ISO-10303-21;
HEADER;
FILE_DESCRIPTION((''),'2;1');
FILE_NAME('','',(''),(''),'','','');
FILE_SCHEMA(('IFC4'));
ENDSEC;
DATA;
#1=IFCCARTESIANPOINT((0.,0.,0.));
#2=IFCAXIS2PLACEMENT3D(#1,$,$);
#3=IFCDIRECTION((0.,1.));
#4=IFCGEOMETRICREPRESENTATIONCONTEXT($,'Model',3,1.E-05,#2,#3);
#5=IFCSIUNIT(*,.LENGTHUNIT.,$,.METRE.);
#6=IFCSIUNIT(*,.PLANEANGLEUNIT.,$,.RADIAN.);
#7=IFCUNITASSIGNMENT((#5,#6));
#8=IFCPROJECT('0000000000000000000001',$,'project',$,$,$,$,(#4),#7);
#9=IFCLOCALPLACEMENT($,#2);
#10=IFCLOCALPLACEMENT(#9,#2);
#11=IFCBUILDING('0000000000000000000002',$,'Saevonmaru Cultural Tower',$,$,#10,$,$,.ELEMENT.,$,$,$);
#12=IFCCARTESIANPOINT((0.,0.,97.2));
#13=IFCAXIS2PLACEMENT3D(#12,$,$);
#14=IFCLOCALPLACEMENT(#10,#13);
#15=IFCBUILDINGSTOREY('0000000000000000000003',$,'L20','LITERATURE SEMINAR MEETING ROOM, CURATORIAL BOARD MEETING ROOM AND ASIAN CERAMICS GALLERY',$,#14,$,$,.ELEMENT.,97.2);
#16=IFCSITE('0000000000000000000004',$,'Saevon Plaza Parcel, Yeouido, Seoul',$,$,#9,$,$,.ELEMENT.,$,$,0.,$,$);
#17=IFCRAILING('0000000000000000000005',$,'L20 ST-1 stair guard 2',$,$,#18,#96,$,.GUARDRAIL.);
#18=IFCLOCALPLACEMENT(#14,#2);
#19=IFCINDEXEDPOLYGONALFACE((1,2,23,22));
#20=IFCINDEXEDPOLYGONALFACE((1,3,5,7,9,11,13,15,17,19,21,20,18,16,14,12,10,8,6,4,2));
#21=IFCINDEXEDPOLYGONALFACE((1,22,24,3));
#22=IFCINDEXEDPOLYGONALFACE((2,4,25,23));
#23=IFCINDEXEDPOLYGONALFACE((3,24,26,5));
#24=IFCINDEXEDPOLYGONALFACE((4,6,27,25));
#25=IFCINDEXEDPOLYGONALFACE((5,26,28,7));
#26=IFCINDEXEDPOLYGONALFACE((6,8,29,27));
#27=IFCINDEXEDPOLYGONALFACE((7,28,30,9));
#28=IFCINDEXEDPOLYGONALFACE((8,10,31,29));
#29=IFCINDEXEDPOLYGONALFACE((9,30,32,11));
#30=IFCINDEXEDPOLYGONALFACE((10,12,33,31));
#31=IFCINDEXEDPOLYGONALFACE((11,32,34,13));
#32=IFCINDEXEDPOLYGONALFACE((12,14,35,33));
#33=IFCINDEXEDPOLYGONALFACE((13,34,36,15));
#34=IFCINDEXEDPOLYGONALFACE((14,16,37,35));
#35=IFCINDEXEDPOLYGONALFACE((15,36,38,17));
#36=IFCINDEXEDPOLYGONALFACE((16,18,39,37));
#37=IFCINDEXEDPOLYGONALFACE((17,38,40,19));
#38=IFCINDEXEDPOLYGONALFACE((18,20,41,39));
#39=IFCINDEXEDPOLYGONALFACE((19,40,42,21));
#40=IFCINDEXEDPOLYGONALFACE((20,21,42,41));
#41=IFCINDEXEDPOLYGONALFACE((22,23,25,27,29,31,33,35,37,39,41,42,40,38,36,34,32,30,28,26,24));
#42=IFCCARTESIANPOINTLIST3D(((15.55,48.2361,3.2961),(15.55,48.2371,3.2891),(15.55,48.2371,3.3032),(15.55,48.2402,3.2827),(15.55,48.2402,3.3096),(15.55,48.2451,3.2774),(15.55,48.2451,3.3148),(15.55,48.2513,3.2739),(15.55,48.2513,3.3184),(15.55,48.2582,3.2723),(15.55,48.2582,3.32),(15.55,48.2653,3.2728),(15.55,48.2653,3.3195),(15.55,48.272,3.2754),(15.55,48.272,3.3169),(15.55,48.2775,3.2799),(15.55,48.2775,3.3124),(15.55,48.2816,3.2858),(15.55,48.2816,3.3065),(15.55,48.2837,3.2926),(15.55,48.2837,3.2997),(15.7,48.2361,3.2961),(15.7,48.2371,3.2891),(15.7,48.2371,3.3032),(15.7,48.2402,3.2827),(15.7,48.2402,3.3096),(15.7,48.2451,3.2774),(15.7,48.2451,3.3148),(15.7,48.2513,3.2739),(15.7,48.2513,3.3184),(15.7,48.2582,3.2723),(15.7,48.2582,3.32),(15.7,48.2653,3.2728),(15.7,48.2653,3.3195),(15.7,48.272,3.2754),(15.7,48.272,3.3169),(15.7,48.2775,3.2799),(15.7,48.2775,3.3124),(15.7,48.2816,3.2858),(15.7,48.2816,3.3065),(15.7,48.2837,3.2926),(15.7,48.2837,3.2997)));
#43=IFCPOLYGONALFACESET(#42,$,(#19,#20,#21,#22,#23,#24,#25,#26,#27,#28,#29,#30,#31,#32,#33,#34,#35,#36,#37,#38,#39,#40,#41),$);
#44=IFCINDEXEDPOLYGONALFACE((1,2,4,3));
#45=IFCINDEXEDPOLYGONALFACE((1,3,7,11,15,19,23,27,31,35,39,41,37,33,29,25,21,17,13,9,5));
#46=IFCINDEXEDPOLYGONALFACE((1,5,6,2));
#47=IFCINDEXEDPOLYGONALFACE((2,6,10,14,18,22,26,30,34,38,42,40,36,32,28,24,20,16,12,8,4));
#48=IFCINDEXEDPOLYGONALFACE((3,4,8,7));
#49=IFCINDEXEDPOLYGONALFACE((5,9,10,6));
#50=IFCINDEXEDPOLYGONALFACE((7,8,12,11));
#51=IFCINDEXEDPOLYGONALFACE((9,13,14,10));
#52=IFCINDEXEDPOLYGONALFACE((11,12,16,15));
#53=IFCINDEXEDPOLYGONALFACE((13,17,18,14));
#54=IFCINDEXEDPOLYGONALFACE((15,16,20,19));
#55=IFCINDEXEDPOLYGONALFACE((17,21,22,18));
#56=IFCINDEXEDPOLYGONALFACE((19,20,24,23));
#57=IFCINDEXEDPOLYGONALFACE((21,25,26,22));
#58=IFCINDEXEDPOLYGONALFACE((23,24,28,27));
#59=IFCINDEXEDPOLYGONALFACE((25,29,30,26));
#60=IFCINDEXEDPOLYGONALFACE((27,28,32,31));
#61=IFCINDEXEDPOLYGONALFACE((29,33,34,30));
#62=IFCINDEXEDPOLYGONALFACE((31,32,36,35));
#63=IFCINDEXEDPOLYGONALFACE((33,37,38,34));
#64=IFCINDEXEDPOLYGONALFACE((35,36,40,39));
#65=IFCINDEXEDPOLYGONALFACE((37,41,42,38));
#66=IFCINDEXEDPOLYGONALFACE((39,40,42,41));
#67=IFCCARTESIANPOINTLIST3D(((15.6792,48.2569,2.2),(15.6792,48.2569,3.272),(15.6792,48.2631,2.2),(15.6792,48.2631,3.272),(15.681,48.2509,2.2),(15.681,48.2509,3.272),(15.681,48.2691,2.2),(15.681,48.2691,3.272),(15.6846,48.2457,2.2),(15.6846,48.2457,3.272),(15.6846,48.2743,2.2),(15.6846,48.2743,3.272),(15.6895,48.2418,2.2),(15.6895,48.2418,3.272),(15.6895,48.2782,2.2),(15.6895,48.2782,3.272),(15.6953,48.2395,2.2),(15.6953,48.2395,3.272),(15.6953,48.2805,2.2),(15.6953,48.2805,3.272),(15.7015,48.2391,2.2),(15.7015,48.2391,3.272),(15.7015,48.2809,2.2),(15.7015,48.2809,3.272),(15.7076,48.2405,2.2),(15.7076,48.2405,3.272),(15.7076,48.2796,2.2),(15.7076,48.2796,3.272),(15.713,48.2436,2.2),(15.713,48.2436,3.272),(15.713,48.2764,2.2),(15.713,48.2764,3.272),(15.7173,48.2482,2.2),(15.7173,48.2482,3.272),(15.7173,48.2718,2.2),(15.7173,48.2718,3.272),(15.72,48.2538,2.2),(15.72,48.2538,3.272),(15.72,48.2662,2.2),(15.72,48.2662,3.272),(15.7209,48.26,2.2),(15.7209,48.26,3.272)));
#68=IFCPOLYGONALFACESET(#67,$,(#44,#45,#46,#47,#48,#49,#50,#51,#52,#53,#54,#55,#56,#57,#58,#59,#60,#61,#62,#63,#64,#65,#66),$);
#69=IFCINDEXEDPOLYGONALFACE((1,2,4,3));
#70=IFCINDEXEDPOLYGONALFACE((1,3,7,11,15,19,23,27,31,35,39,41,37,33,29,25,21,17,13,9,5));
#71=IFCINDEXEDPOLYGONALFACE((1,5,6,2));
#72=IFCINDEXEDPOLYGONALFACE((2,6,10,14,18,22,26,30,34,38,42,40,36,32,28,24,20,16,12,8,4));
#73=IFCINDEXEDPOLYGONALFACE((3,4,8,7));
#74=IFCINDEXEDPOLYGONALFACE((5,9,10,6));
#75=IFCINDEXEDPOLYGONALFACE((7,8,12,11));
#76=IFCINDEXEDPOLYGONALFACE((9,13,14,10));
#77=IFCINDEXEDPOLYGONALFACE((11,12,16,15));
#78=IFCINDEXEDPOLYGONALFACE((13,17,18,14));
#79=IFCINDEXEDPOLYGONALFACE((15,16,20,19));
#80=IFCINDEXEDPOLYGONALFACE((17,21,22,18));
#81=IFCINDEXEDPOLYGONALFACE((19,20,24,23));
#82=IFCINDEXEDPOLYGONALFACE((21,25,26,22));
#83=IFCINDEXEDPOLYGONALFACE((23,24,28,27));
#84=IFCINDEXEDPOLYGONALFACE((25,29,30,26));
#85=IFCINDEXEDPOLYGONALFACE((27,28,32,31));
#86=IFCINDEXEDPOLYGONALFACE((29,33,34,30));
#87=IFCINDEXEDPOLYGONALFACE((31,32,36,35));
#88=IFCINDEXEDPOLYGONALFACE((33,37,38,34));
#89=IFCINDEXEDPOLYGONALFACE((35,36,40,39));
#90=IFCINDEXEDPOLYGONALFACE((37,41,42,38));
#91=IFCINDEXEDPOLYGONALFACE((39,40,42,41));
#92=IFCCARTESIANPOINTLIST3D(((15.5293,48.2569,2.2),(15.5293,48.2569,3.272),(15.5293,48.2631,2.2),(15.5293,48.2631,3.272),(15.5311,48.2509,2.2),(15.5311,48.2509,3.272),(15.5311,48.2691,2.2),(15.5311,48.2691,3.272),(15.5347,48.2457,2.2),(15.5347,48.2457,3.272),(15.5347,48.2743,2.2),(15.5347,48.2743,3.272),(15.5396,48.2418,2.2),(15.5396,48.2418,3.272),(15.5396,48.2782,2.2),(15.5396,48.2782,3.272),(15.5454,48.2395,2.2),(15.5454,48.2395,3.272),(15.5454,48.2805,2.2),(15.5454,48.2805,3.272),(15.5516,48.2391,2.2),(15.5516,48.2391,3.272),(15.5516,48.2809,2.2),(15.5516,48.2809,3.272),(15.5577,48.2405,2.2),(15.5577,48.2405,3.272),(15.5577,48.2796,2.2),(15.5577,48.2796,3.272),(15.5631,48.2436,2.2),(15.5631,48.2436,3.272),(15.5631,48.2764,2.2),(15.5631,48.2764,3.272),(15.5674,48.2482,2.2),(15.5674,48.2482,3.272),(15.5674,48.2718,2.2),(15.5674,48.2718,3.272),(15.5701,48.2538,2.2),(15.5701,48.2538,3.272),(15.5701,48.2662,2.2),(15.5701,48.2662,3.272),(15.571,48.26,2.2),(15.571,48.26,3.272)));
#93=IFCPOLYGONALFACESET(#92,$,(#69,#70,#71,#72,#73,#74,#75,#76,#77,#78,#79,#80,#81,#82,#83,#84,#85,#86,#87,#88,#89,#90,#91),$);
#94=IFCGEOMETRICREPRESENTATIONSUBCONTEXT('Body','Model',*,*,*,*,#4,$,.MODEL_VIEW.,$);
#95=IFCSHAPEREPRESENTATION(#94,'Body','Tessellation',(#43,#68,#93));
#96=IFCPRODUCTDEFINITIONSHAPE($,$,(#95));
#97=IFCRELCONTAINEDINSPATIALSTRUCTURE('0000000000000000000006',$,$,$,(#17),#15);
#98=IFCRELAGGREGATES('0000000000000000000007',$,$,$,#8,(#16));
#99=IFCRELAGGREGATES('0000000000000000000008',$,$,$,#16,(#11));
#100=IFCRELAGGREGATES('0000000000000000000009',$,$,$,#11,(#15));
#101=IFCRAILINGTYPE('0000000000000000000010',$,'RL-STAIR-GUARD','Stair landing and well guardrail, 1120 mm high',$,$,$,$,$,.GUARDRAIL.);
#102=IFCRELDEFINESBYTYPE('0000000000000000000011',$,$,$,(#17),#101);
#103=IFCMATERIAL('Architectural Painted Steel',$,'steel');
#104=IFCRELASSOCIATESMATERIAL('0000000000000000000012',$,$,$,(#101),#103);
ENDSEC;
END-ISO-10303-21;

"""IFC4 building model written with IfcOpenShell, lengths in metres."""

from ifc_helpers import new_model, si_unit, direction, frame, origin, origin_2d, place, context, subcontext, project, spatial, circle, extrude, material, type_object, element, save


model = new_model("IFC4")

# Units and contexts
model_context = context("Model", 3, precision=1e-05, world=origin(), true_north=direction((0.0, 1.0)))
body_context = subcontext(model_context, "Body", "Model", "MODEL_VIEW")
ifc_project = project(units=[si_unit("LENGTHUNIT", "METRE"), si_unit("PLANEANGLEUNIT", "RADIAN")], contexts=[model_context])

# Site, building, storey
site_placement = place(None, origin())
site = spatial("IfcSite", under=ifc_project, at=site_placement, Name="Saevon Plaza Parcel, Yeouido, Seoul", CompositionType="ELEMENT", RefElevation=0.0)
building_placement = place(site_placement, origin())
building = spatial("IfcBuilding", under=site, at=building_placement, Name="Saevonmaru Cultural Tower", CompositionType="ELEMENT")
storey_placement = place(building_placement, frame((0.0, 0.0, 97.2)))
storey = spatial("IfcBuildingStorey", under=building, at=storey_placement, Name="L20", Description="LITERATURE SEMINAR MEETING ROOM, CURATORIAL BOARD MEETING ROOM AND ASIAN CERAMICS GALLERY", CompositionType="ELEMENT", Elevation=97.2)

# Railing
ifc_material_1 = material(Name="Architectural Painted Steel", Category="steel")
railing_type = type_object("IfcRailingType", Name="RL-STAIR-GUARD", Description="Stair landing and well guardrail, 1120 mm high", PredefinedType="GUARDRAIL", material=ifc_material_1)
railing_placement = place(storey_placement, frame((15.7, 48.26, 2.2)))
element("IfcRailing", 1, at=railing_placement, inside=storey, type_object=railing_type, Name="L20 ST-1 stair guard 2", PredefinedType="GUARDRAIL", context=body_context, shape_type="SweptSolid", body=[
    extrude(circle(Radius=0.0239, at=origin_2d()), frame((0.0, 0.0, 1.0962), z_axis=(-1.0, 0.0, 0.0), x_axis=(0.0, -1.0, 0.0)), (0.0, 0.0, 1.0), 0.1499),
    extrude(circle(Radius=0.021, at=origin_2d()), origin(), (0.0, 0.0, 1.0), 1.072),
    extrude(circle(Radius=0.021, at=origin_2d()), frame((-0.1499, 0.0, 0.0)), (0.0, 0.0, 1.0), 1.072),
])

save(model, "model.ifc")
